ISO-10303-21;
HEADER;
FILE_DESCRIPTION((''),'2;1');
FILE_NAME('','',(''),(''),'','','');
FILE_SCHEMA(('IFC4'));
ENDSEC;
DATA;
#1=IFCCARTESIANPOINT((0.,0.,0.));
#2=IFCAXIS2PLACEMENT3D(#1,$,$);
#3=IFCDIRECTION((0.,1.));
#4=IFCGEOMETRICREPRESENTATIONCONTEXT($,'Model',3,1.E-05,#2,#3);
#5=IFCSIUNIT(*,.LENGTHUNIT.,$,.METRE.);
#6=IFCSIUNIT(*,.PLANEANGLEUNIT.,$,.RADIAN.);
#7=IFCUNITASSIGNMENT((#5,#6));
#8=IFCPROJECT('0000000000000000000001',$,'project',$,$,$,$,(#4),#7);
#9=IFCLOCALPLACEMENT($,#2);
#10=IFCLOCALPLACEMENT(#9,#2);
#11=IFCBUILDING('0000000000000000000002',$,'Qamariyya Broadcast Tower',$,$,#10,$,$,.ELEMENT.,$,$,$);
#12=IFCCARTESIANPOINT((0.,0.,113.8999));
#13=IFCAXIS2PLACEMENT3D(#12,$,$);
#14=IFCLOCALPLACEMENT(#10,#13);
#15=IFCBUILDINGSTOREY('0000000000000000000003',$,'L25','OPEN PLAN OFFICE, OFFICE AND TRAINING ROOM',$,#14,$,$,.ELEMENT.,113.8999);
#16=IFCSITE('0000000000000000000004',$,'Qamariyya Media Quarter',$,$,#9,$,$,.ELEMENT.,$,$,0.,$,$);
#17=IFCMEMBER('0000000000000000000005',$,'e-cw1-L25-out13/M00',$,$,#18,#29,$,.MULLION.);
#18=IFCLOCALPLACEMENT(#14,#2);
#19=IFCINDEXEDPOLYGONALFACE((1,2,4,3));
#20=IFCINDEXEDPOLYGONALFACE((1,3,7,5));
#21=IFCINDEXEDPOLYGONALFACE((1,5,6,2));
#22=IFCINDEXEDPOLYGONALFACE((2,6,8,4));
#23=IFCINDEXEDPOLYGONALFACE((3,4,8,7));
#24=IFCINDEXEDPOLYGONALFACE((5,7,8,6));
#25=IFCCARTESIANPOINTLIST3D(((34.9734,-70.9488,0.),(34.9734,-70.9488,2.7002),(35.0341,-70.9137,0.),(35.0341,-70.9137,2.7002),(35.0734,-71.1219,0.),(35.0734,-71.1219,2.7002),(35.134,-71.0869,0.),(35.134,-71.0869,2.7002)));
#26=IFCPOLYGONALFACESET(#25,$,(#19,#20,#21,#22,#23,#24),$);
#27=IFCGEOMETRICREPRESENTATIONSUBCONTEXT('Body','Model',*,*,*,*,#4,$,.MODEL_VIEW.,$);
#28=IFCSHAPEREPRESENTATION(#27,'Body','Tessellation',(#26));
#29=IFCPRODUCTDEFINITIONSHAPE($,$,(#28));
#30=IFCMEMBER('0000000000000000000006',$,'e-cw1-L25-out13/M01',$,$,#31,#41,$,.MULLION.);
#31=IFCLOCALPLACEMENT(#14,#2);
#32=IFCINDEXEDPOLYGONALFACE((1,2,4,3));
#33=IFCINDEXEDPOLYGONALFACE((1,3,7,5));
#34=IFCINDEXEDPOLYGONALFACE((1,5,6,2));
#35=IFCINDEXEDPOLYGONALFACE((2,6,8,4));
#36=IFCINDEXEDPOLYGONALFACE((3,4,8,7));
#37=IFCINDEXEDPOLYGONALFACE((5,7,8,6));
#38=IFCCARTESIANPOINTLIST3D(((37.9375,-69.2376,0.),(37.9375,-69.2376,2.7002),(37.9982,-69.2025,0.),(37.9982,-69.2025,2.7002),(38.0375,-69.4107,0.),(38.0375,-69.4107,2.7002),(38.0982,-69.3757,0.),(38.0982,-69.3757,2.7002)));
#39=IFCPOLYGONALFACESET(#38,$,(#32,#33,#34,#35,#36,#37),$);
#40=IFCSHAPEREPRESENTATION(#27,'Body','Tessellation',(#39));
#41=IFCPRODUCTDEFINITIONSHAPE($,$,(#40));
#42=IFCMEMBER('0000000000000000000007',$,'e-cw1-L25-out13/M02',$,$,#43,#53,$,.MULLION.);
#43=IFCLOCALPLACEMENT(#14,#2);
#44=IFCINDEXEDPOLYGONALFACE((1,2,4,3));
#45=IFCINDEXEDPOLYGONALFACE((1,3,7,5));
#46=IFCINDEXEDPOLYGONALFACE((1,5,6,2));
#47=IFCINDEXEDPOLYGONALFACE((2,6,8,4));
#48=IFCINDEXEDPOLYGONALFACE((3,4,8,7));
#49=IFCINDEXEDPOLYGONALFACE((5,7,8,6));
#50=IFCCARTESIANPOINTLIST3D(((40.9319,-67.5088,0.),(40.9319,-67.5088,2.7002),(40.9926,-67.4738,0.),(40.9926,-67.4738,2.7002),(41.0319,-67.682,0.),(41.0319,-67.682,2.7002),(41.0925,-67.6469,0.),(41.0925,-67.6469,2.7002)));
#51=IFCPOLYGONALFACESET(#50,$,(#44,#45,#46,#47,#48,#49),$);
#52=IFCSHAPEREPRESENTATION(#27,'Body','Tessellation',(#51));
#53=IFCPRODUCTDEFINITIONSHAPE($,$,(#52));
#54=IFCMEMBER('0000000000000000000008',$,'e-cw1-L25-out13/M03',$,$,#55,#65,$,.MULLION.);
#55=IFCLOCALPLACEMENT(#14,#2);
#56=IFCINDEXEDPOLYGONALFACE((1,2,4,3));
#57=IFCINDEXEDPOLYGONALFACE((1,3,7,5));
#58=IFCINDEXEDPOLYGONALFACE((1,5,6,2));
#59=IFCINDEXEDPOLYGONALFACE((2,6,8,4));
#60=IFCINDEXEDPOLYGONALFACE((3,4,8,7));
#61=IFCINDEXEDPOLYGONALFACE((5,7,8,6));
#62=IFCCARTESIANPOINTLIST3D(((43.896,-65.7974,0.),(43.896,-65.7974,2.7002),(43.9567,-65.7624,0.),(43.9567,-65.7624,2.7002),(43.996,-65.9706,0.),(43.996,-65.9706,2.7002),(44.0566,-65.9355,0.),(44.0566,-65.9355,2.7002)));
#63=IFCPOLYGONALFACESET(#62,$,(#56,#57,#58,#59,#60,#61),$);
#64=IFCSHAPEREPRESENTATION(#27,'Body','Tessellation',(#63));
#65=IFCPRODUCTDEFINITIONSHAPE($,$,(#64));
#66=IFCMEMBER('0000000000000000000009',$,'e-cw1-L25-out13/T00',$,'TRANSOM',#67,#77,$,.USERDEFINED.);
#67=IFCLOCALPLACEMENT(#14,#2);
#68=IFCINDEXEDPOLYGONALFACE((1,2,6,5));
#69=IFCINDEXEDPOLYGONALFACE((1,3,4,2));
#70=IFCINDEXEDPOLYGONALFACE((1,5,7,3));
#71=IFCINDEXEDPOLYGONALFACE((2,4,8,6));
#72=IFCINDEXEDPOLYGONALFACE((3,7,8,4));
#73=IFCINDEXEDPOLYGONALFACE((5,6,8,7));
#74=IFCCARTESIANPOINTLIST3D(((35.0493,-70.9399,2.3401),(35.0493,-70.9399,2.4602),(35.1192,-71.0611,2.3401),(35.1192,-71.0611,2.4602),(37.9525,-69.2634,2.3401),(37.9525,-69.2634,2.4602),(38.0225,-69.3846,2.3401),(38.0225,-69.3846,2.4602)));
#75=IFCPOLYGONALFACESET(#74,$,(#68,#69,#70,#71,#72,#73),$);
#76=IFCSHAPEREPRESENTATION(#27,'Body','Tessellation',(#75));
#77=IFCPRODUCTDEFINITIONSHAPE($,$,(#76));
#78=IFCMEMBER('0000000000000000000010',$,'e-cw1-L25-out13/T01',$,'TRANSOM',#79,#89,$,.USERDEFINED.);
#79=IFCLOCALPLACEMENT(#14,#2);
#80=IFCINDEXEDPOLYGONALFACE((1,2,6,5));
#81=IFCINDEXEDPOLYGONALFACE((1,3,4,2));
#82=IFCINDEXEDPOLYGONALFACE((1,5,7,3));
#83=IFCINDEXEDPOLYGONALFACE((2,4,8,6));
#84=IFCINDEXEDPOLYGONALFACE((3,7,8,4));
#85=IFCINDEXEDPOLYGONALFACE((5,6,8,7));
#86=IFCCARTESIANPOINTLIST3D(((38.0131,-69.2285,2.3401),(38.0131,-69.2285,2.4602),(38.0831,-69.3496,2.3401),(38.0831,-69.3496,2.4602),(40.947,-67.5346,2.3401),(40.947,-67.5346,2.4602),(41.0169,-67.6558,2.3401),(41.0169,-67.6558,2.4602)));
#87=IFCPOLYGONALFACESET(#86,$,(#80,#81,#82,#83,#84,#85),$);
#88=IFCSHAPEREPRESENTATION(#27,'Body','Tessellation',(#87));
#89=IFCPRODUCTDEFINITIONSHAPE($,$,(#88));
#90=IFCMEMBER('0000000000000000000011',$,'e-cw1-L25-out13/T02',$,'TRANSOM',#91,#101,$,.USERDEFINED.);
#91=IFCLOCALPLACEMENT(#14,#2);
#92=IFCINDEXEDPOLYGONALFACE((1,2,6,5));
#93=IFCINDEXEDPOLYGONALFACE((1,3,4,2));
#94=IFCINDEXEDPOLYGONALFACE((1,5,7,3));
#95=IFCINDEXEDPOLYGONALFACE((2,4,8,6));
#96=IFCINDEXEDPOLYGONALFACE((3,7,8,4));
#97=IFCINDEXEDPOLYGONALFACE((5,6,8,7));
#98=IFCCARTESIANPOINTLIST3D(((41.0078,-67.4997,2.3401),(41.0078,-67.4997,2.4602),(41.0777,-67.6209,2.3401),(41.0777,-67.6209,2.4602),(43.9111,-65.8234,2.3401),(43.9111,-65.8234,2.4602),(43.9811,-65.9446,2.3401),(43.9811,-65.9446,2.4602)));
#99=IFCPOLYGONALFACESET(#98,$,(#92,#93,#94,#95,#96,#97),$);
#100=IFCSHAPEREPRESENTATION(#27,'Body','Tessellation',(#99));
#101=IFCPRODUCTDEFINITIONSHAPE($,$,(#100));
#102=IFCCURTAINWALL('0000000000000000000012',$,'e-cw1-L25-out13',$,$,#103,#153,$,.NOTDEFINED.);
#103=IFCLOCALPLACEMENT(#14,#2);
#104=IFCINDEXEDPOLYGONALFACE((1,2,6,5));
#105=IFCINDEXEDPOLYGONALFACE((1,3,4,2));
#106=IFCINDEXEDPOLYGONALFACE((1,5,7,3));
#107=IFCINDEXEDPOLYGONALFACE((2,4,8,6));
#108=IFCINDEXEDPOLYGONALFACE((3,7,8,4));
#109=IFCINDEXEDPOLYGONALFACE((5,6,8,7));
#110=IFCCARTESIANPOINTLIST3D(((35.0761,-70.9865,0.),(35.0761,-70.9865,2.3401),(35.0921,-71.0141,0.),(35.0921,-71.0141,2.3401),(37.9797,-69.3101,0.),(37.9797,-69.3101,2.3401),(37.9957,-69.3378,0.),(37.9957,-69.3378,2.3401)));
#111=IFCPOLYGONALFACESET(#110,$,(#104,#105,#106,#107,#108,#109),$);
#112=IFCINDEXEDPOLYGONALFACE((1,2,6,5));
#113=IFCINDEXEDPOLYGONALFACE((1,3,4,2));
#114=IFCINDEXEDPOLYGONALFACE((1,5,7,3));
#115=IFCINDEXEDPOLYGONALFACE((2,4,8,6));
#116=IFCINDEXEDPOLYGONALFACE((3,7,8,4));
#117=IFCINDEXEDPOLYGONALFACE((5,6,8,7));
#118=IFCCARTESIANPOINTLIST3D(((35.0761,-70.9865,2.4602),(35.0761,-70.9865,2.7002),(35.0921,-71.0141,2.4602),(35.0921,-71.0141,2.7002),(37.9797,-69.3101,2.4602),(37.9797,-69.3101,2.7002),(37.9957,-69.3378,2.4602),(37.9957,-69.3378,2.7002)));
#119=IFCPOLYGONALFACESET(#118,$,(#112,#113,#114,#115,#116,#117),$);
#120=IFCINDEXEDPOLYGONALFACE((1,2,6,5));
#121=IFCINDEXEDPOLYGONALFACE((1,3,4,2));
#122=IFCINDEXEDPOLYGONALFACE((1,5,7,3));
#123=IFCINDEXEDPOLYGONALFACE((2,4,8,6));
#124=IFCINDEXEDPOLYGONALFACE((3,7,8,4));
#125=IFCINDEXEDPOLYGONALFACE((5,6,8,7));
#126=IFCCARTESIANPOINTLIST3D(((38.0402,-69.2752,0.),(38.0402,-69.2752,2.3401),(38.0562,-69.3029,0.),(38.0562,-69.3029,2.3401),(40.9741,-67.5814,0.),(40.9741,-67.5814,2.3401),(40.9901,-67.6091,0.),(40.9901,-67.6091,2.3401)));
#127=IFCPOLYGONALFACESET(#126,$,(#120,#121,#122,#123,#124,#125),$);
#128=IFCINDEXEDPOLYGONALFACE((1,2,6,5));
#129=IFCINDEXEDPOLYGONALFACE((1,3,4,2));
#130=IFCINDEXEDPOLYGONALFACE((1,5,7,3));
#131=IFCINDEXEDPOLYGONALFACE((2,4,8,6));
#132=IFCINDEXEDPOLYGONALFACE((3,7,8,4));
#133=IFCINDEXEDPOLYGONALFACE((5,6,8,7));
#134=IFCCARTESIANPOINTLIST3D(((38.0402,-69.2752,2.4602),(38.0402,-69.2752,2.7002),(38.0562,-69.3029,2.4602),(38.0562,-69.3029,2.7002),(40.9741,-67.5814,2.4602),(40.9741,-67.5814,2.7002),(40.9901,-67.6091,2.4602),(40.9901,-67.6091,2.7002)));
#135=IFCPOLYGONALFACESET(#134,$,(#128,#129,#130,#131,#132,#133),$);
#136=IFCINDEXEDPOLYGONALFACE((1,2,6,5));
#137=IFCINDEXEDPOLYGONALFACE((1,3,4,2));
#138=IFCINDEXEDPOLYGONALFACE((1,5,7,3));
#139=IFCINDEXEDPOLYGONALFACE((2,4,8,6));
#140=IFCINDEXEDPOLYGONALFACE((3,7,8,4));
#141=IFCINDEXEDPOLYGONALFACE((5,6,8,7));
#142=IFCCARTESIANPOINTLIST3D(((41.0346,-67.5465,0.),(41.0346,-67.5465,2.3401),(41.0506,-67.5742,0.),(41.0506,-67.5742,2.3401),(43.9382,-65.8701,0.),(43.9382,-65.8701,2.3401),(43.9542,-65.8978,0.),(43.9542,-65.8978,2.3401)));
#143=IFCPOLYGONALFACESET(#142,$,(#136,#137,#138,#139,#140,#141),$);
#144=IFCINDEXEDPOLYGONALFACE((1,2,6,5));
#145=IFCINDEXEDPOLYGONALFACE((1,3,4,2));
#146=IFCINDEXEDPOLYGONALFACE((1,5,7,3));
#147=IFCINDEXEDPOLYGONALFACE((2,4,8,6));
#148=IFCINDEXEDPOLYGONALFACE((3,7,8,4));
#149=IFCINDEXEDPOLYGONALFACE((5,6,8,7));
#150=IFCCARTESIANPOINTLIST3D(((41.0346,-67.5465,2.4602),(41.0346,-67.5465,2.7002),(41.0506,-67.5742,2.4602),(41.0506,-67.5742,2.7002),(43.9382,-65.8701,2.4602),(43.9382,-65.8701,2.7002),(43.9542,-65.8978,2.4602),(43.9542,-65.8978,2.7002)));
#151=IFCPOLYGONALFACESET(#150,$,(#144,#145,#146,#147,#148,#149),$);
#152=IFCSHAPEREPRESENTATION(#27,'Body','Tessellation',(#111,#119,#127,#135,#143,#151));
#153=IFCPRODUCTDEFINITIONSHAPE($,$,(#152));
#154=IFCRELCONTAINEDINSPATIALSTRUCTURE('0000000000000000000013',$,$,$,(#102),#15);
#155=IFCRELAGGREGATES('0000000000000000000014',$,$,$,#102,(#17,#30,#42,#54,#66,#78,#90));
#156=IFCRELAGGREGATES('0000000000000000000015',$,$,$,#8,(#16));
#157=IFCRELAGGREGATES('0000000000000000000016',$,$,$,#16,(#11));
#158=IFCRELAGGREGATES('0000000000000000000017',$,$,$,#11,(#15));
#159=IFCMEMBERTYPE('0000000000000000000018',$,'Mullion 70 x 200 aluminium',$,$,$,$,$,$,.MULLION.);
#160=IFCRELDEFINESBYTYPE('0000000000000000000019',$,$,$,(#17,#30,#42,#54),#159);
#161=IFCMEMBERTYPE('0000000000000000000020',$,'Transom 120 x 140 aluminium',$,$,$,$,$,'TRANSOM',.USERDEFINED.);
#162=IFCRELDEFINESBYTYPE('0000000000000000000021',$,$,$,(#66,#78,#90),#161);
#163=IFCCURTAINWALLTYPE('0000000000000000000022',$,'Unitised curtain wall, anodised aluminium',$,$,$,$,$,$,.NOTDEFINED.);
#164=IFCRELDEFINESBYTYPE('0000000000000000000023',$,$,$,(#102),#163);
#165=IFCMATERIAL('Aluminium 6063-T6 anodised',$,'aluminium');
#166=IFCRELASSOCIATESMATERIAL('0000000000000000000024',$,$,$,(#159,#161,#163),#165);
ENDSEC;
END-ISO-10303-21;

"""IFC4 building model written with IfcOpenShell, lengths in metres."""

from ifc_helpers import new_model, si_unit, direction, frame, origin, origin_2d, place, context, subcontext, project, spatial, rectangle, extrude, material, material_profile, profile_set, type_object, element, aggregate, save


model = new_model("IFC4")

# Units and contexts
model_context = context("Model", 3, precision=1e-05, world=origin(), true_north=direction((0.0, 1.0)))
body_context = subcontext(model_context, "Body", "Model", "MODEL_VIEW")
ifc_project = project(units=[si_unit("LENGTHUNIT", "METRE"), si_unit("PLANEANGLEUNIT", "RADIAN")], contexts=[model_context])

# Members
ifc_material = material(Name="Aluminium 6063-T6 anodised", Category="aluminium")
ifc_material_profile_1 = material_profile(ifc_material, rectangle(XDim=0.2, YDim=0.0701, at=origin_2d()))
ifc_profile_set_1 = profile_set([ifc_material_profile_1], Name="Aluminium 6063-T6 anodised")
member_type_1 = type_object("IfcMemberType", Name="Mullion 70 x 200 aluminium", PredefinedType="MULLION", material=ifc_profile_set_1)
site_placement = place(None, origin())
building_placement = place(site_placement, origin())
storey_placement = place(building_placement, frame((0.0, 0.0, 113.8999)))
member_1_placement = place(storey_placement, frame((35.0537, -71.0178, 0.0), z_axis=(0.0, 0.0, 1.0), x_axis=(-0.5, 0.866025, 0.0)))
member_1 = element("IfcMember", 1, at=member_1_placement, type_object=member_type_1, Name="e-cw1-L25-out13/M00", PredefinedType="MULLION", context=body_context, shape_type="SweptSolid", body=[
    extrude(rectangle(XDim=0.2, YDim=0.0701, at=origin_2d()), origin(), (0.0, 0.0, 1.0), 2.7002),
])
member_2_placement = place(storey_placement, frame((38.0178, -69.3066, 0.0), z_axis=(0.0, 0.0, 1.0), x_axis=(-0.5, 0.866025, 0.0)))
member_2 = element("IfcMember", 2, at=member_2_placement, type_object=member_type_1, Name="e-cw1-L25-out13/M01", PredefinedType="MULLION", context=body_context, shape_type="SweptSolid", body=[
    extrude(rectangle(XDim=0.2, YDim=0.0701, at=origin_2d()), origin(), (0.0, 0.0, 1.0), 2.7002),
])
member_3_placement = place(storey_placement, frame((41.0122, -67.5779, 0.0), z_axis=(0.0, 0.0, 1.0), x_axis=(-0.5, 0.866025, 0.0)))
member_3 = element("IfcMember", 3, at=member_3_placement, type_object=member_type_1, Name="e-cw1-L25-out13/M02", PredefinedType="MULLION", context=body_context, shape_type="SweptSolid", body=[
    extrude(rectangle(XDim=0.2, YDim=0.0701, at=origin_2d()), origin(), (0.0, 0.0, 1.0), 2.7002),
])
member_4_placement = place(storey_placement, frame((43.9763, -65.8665, 0.0), z_axis=(0.0, 0.0, 1.0), x_axis=(-0.5, 0.866025, 0.0)))
member_4 = element("IfcMember", 4, at=member_4_placement, type_object=member_type_1, Name="e-cw1-L25-out13/M03", PredefinedType="MULLION", context=body_context, shape_type="SweptSolid", body=[
    extrude(rectangle(XDim=0.2, YDim=0.0701, at=origin_2d()), origin(), (0.0, 0.0, 1.0), 2.7002),
])
ifc_material_profile_2 = material_profile(ifc_material, rectangle(XDim=0.1399, YDim=0.1201, at=origin_2d()))
ifc_profile_set_2 = profile_set([ifc_material_profile_2], Name="Aluminium 6063-T6 anodised")
member_type_2 = type_object("IfcMemberType", Name="Transom 120 x 140 aluminium", ElementType="TRANSOM", PredefinedType="USERDEFINED", material=ifc_profile_set_2)
member_5_placement = place(storey_placement, frame((35.0842, -71.0005, 2.4001), z_axis=(0.865989, 0.500063, 0.0), x_axis=(-0.500063, 0.865989, 0.0)))
member_5 = element("IfcMember", 5, at=member_5_placement, type_object=member_type_2, Name="e-cw1-L25-out13/T00", ObjectType="TRANSOM", PredefinedType="USERDEFINED", context=body_context, shape_type="SweptSolid", body=[
    extrude(rectangle(XDim=0.1399, YDim=0.1201, at=origin_2d()), origin(), (0.0, 0.0, 1.0), 3.3525),
])
member_6_placement = place(storey_placement, frame((38.0481, -69.2891, 2.4001), z_axis=(0.866026, 0.499999, 0.0), x_axis=(-0.499999, 0.866026, 0.0)))
member_6 = element("IfcMember", 6, at=member_6_placement, type_object=member_type_2, Name="e-cw1-L25-out13/T01", ObjectType="TRANSOM", PredefinedType="USERDEFINED", context=body_context, shape_type="SweptSolid", body=[
    extrude(rectangle(XDim=0.1399, YDim=0.1201, at=origin_2d()), origin(), (0.0, 0.0, 1.0), 3.3877),
])
member_7_placement = place(storey_placement, frame((41.0427, -67.5603, 2.4001), z_axis=(0.866021, 0.500008, 0.0), x_axis=(-0.500008, 0.866021, 0.0)))
member_7 = element("IfcMember", 7, at=member_7_placement, type_object=member_type_2, Name="e-cw1-L25-out13/T02", ObjectType="TRANSOM", PredefinedType="USERDEFINED", context=body_context, shape_type="SweptSolid", body=[
    extrude(rectangle(XDim=0.1399, YDim=0.1201, at=origin_2d()), origin(), (0.0, 0.0, 1.0), 3.3525),
])

# Site, building, storey
site = spatial("IfcSite", under=ifc_project, at=site_placement, Name="Qamariyya Media Quarter", CompositionType="ELEMENT", RefElevation=0.0)
building = spatial("IfcBuilding", under=site, at=building_placement, Name="Qamariyya Broadcast Tower", CompositionType="ELEMENT")
storey = spatial("IfcBuildingStorey", under=building, at=storey_placement, Name="L25", Description="OPEN PLAN OFFICE, OFFICE AND TRAINING ROOM", CompositionType="ELEMENT", Elevation=113.8999)

# Curtain wall
curtain_wall_type = type_object("IfcCurtainWallType", Name="Unitised curtain wall, anodised aluminium", PredefinedType="NOTDEFINED", material=ifc_material)
curtain_wall_1_placement = place(storey_placement, origin())
curtain_wall_1 = element("IfcCurtainWall", 8, at=curtain_wall_1_placement, inside=storey, type_object=curtain_wall_type, Name="e-cw1-L25-out13", PredefinedType="NOTDEFINED", context=body_context, shape_type="SweptSolid", body=[
    extrude(rectangle(XDim=3.3528, YDim=0.032, at=origin_2d()), frame((36.5359, -70.1621, 0.0), x_axis=(0.866027, 0.499997, 0.0)), (0.0, 0.0, 1.0), 2.3401),
    extrude(rectangle(XDim=3.3528, YDim=0.032, at=origin_2d()), frame((36.5359, -70.1621, 2.4602), x_axis=(0.866027, 0.499997, 0.0)), (0.0, 0.0, 1.0), 0.24),
    extrude(rectangle(XDim=3.3877, YDim=0.032, at=origin_2d()), frame((39.5151, -68.4421, 0.0), x_axis=(0.866027, 0.499997, 0.0)), (0.0, 0.0, 1.0), 2.3401),
    extrude(rectangle(XDim=3.3877, YDim=0.032, at=origin_2d()), frame((39.5151, -68.4421, 2.4602), x_axis=(0.866027, 0.499997, 0.0)), (0.0, 0.0, 1.0), 0.24),
    extrude(rectangle(XDim=3.3528, YDim=0.032, at=origin_2d()), frame((42.4944, -66.7222, 0.0), x_axis=(0.866027, 0.499997, 0.0)), (0.0, 0.0, 1.0), 2.3401),
    extrude(rectangle(XDim=3.3528, YDim=0.032, at=origin_2d()), frame((42.4944, -66.7222, 2.4602), x_axis=(0.866027, 0.499997, 0.0)), (0.0, 0.0, 1.0), 0.24),
])
aggregate(curtain_wall_1, [member_1, member_2, member_3, member_4, member_5, member_6, member_7])

save(model, "model.ifc")
